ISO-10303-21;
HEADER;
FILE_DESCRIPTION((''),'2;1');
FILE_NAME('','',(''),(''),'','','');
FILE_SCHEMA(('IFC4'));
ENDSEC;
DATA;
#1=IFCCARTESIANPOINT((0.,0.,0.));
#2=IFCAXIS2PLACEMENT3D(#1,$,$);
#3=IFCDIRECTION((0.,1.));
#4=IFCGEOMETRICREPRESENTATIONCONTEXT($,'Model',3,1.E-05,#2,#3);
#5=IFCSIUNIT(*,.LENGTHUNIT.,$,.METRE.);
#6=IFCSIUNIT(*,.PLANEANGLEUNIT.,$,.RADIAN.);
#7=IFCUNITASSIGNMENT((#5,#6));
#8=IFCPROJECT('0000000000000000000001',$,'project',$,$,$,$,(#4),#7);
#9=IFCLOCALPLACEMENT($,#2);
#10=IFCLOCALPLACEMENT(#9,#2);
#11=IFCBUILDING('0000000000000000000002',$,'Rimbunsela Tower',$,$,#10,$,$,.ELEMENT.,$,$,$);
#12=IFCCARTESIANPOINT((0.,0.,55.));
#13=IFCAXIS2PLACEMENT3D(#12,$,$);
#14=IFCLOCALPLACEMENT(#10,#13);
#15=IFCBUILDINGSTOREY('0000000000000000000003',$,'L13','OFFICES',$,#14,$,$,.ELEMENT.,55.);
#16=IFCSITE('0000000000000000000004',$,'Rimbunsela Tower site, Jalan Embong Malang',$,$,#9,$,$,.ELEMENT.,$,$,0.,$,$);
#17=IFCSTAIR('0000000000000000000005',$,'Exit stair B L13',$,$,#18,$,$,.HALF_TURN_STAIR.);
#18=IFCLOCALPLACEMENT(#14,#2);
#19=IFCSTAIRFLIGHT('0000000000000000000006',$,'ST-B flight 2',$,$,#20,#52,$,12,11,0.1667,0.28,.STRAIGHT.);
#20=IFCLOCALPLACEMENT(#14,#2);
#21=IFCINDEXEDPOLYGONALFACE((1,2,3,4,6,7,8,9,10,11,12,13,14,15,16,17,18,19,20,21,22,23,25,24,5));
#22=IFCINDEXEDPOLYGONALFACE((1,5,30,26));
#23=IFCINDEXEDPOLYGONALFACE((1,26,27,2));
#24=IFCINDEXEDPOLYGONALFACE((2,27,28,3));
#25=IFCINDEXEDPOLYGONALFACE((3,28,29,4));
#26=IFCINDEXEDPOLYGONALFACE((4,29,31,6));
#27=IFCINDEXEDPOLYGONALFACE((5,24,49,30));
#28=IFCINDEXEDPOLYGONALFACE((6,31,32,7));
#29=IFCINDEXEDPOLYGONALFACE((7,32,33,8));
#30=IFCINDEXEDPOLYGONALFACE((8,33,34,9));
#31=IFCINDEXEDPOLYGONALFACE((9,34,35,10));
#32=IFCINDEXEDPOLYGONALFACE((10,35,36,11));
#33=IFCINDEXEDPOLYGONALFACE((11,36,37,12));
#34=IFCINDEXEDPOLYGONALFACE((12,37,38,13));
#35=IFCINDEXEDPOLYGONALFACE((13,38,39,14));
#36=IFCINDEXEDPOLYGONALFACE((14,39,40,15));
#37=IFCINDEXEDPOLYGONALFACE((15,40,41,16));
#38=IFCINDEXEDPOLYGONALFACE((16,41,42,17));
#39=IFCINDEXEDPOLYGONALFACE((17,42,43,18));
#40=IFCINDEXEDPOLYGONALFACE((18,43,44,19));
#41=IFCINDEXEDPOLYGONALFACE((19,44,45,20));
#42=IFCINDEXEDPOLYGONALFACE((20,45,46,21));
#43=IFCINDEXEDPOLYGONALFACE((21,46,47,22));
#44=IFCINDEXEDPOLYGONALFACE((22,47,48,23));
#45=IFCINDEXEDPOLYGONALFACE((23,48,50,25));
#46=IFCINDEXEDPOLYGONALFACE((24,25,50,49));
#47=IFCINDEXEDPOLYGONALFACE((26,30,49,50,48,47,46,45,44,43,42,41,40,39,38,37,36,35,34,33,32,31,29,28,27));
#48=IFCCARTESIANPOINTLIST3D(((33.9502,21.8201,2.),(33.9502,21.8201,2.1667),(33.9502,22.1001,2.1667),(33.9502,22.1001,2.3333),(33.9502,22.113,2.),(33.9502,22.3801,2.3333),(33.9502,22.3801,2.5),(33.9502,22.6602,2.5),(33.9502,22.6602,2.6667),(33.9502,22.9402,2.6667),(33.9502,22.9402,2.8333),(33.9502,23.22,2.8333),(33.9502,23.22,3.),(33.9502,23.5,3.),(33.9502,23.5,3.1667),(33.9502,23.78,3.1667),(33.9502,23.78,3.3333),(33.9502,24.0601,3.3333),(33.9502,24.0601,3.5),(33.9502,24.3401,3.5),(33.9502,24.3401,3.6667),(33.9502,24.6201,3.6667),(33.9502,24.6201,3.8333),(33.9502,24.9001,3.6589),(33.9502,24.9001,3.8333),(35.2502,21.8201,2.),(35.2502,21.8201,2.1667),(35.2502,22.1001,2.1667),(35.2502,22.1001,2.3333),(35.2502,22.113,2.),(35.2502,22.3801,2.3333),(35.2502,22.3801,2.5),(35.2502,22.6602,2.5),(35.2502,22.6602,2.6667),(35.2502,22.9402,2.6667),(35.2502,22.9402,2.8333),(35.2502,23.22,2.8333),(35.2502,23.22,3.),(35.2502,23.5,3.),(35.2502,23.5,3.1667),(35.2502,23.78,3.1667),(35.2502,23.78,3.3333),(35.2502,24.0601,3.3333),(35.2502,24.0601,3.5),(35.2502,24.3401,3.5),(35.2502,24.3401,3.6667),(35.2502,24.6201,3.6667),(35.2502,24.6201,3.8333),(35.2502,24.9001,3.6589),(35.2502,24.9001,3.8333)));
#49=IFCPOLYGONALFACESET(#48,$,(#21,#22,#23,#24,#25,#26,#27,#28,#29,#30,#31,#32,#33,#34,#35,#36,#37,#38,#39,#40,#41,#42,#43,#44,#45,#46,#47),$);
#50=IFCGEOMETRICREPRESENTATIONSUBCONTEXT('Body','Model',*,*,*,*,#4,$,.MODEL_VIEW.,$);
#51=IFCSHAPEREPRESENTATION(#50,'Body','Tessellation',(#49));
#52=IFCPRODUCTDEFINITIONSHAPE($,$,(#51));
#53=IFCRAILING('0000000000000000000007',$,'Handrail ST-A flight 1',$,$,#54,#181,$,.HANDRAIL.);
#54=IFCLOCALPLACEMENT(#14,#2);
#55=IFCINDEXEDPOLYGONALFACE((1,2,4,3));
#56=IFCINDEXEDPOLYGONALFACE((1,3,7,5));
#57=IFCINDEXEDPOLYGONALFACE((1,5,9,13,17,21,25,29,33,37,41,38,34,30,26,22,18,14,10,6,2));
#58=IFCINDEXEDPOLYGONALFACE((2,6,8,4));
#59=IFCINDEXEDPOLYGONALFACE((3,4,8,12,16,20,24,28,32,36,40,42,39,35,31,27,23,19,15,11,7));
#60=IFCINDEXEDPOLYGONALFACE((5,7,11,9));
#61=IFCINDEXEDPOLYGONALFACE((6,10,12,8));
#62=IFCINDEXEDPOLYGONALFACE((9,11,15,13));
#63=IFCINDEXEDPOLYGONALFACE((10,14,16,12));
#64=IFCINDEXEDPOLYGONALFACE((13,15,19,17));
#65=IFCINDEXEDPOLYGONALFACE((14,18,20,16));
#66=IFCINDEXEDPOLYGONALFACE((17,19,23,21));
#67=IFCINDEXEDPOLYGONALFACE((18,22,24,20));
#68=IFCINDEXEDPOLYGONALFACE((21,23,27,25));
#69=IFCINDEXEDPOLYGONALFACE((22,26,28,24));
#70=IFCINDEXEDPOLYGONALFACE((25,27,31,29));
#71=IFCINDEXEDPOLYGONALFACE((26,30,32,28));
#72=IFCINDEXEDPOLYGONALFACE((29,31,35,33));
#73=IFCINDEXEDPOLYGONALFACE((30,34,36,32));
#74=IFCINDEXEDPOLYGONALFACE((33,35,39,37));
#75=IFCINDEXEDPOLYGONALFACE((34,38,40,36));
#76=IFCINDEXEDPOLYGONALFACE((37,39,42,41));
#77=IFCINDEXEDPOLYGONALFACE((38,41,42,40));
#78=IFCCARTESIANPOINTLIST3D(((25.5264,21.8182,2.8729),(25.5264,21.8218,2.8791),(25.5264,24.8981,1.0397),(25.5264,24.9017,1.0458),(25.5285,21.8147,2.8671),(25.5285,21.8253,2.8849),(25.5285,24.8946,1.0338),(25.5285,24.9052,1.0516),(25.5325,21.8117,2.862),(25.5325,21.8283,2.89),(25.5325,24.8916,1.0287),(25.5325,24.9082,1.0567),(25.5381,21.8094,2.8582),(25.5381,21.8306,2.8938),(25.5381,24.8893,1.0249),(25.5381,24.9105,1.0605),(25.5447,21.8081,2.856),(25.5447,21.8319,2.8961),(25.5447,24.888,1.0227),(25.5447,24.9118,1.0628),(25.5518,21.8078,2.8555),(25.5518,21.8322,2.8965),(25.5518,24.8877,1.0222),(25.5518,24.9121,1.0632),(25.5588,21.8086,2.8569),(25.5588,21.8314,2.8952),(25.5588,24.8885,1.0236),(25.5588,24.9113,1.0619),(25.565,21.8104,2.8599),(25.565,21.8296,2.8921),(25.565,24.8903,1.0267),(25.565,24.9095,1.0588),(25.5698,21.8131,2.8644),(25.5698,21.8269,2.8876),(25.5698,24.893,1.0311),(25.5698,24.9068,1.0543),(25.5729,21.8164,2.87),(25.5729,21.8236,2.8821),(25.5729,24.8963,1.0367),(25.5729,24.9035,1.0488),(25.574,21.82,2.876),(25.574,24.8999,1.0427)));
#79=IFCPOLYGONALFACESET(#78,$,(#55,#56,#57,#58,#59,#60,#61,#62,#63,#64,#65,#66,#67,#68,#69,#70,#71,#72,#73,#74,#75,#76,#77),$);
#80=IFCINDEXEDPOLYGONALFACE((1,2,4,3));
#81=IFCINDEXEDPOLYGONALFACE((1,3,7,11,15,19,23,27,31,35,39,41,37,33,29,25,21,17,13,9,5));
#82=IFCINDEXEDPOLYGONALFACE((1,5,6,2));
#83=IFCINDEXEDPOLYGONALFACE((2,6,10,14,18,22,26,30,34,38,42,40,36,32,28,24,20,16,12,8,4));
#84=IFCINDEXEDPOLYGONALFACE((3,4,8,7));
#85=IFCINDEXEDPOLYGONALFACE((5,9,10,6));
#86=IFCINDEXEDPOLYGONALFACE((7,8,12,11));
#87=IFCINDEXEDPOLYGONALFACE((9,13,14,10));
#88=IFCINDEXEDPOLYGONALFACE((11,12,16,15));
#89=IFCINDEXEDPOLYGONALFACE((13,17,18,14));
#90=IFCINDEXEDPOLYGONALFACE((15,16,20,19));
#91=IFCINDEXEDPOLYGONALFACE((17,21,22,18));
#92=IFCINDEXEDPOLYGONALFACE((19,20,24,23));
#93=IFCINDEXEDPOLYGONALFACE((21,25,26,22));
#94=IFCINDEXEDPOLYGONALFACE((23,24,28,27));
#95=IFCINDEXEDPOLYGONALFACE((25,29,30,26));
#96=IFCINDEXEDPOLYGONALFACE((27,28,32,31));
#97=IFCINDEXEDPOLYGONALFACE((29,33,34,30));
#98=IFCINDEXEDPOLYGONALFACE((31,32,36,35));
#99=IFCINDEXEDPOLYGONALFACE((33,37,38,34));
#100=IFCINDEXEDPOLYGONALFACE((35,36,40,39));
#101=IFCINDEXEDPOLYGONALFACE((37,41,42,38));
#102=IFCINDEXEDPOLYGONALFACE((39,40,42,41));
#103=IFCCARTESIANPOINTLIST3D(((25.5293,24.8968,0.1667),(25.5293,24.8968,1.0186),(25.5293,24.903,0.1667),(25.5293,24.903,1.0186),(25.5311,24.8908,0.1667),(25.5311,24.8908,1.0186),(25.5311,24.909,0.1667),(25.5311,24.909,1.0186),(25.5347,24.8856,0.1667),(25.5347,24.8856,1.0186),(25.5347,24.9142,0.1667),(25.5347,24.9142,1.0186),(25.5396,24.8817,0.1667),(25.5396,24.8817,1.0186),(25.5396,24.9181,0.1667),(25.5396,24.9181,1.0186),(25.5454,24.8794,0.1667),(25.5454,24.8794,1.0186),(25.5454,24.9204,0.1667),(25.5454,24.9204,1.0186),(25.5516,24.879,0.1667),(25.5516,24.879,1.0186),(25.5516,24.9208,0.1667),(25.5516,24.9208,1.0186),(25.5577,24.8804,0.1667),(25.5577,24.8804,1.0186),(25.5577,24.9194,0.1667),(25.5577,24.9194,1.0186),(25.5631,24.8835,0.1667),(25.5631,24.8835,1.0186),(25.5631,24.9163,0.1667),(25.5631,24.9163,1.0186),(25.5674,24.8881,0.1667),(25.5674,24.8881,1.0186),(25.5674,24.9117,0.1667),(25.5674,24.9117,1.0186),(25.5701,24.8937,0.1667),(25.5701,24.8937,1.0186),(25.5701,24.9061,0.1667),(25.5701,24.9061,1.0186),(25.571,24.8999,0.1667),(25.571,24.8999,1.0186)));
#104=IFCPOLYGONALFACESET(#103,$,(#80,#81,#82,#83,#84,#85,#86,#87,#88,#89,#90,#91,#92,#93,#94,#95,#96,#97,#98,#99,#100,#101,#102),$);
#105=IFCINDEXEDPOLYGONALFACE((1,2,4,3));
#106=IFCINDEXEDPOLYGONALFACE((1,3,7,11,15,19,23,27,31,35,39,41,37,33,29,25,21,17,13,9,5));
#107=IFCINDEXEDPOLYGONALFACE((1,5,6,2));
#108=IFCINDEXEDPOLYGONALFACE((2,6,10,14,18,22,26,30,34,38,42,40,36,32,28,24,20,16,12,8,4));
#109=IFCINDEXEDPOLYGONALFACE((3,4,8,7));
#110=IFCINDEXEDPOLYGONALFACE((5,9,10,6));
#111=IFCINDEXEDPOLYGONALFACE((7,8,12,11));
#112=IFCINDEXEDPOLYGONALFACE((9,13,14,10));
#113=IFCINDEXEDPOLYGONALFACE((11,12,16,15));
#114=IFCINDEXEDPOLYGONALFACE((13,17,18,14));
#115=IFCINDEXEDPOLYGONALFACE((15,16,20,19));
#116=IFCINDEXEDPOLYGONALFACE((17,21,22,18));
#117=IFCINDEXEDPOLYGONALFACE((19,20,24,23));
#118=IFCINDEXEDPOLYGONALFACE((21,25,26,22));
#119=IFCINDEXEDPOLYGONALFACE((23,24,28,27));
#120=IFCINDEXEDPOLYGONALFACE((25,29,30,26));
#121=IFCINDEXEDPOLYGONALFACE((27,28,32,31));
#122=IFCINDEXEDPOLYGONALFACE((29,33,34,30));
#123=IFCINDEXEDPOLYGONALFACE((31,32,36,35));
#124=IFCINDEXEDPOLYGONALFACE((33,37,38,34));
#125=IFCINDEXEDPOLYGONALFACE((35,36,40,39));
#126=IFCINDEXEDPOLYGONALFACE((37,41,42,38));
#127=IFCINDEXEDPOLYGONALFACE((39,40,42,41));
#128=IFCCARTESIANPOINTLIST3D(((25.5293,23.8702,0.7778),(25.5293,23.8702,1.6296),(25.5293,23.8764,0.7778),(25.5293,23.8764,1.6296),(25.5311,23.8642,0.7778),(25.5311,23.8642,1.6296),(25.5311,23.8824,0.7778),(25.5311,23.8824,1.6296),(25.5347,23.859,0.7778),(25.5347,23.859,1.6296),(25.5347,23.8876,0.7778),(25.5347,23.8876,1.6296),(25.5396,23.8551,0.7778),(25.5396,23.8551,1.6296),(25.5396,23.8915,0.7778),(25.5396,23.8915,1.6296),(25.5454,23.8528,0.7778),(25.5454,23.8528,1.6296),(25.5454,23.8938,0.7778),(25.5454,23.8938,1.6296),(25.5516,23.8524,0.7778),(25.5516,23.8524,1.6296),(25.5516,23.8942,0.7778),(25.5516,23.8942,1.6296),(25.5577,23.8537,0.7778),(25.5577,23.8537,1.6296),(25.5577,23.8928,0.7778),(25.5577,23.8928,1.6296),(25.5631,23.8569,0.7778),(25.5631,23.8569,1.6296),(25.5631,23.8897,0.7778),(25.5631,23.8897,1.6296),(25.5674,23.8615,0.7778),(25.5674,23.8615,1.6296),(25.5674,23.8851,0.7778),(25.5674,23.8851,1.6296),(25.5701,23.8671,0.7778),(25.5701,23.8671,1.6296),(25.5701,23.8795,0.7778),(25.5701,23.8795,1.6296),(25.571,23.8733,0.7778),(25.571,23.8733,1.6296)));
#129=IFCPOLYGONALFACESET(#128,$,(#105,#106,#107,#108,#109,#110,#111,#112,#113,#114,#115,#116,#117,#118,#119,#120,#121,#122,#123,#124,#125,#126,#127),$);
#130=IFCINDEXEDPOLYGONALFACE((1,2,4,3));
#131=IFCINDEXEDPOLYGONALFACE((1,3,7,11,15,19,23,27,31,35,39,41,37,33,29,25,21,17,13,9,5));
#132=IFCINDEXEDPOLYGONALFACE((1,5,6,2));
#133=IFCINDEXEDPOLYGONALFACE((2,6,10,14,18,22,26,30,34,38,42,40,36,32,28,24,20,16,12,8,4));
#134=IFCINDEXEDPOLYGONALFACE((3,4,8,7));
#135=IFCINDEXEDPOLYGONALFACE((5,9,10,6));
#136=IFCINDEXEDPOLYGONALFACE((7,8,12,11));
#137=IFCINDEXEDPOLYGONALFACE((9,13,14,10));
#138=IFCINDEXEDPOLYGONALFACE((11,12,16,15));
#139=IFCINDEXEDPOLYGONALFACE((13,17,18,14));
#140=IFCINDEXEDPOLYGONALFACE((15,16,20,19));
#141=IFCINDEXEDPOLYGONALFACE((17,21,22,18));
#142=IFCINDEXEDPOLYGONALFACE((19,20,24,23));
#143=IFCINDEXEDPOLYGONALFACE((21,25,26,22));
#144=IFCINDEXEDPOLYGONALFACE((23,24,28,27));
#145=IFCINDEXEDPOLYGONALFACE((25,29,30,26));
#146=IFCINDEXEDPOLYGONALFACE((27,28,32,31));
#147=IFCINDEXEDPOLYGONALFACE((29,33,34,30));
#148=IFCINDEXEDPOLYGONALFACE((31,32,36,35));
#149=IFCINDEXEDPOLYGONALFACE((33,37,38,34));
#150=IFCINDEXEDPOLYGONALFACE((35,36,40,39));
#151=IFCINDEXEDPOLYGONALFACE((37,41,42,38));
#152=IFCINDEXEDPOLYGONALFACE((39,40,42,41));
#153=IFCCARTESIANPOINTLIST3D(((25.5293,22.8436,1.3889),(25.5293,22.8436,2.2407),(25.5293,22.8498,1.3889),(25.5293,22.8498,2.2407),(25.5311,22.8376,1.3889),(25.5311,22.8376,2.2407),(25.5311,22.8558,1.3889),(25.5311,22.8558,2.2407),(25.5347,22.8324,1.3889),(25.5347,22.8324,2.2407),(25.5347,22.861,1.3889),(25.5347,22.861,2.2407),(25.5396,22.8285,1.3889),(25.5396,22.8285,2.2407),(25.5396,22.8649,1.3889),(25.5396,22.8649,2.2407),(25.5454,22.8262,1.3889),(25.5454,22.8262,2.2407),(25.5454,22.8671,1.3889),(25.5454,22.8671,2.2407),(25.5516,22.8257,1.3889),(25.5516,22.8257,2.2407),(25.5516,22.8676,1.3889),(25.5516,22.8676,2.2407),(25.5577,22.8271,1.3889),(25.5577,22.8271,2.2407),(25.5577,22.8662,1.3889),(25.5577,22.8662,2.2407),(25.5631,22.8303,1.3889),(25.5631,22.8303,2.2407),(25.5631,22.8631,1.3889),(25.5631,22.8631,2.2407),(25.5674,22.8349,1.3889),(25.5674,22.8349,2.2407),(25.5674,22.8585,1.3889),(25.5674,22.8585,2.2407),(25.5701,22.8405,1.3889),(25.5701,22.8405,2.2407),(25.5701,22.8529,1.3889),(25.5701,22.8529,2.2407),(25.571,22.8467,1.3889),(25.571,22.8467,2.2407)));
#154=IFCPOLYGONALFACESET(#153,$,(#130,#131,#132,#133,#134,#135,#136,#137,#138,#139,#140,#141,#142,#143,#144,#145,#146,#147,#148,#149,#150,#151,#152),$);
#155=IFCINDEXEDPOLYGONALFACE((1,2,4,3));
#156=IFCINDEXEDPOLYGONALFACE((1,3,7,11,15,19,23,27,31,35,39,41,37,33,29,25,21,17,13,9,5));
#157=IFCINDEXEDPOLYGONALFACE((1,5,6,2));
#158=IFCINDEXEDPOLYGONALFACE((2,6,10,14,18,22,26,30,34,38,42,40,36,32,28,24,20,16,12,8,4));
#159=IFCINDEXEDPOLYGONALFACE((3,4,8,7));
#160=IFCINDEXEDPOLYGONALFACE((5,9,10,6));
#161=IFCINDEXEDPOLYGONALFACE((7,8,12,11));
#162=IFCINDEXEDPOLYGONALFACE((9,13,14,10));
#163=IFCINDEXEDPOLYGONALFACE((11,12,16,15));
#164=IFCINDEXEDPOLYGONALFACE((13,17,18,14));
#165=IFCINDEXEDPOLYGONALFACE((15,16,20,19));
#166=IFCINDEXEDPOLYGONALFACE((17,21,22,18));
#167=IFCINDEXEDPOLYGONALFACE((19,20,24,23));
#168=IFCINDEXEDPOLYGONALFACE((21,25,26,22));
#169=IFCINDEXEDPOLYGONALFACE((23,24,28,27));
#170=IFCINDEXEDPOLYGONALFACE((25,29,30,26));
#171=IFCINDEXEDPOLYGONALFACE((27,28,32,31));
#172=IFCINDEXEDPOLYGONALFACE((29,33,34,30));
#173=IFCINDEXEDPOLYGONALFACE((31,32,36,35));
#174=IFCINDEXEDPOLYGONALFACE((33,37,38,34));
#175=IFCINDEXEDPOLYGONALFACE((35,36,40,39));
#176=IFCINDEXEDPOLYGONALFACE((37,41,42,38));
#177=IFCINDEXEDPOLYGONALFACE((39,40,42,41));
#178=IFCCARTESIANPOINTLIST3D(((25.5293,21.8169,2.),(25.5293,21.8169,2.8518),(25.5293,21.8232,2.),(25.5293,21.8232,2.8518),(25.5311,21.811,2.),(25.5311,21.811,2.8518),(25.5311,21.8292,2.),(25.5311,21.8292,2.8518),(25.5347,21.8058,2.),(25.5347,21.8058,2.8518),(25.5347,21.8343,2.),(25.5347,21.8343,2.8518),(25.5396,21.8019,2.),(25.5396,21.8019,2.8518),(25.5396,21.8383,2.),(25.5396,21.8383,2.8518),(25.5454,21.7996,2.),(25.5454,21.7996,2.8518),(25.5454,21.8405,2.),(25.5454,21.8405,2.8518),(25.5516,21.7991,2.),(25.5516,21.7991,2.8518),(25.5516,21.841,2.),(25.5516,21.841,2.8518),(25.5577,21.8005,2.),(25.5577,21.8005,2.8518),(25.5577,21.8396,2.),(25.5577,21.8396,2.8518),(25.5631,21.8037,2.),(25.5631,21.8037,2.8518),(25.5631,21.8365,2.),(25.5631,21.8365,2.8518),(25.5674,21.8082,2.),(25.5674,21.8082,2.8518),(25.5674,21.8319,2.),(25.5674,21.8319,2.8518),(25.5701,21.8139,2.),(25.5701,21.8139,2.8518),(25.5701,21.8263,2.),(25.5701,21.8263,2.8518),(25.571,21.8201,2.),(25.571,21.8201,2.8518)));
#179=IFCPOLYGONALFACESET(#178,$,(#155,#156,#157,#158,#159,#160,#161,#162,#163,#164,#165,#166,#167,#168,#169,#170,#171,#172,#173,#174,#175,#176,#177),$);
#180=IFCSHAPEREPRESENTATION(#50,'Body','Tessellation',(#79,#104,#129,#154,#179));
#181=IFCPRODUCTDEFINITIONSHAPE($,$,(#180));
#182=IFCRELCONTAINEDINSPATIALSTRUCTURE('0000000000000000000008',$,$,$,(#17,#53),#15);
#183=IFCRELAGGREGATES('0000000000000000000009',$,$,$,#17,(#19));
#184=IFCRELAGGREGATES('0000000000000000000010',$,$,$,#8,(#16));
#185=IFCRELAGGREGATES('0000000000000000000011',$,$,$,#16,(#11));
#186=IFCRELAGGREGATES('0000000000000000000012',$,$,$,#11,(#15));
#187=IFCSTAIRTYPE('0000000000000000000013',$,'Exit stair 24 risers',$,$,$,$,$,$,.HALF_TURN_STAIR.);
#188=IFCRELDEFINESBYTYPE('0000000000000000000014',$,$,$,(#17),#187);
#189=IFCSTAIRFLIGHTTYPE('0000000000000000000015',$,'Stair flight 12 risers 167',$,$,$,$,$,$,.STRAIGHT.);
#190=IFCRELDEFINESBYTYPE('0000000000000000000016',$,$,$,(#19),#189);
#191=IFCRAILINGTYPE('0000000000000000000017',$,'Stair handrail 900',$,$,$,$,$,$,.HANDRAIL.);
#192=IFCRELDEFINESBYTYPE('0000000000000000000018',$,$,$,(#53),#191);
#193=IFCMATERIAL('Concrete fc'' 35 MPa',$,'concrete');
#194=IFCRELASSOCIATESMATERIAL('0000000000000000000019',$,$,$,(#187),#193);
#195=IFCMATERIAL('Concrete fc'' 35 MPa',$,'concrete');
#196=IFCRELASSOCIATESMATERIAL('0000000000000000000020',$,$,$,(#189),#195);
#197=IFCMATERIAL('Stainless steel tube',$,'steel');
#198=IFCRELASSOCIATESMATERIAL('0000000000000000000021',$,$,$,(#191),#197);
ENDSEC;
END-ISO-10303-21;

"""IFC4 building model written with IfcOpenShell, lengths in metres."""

from ifc_helpers import new_model, si_unit, direction, frame, origin, origin_2d, place, context, subcontext, project, spatial, polyline, circle, outline, extrude, material, type_object, element, aggregate, save


model = new_model("IFC4")

# Units and contexts
model_context = context("Model", 3, precision=1e-05, world=origin(), true_north=direction((0.0, 1.0)))
body_context = subcontext(model_context, "Body", "Model", "MODEL_VIEW")
ifc_project = project(units=[si_unit("LENGTHUNIT", "METRE"), si_unit("PLANEANGLEUNIT", "RADIAN")], contexts=[model_context])

# Site, building, storey
site_placement = place(None, origin())
site = spatial("IfcSite", under=ifc_project, at=site_placement, Name="Rimbunsela Tower site, Jalan Embong Malang", CompositionType="ELEMENT", RefElevation=0.0)
building_placement = place(site_placement, origin())
building = spatial("IfcBuilding", under=site, at=building_placement, Name="Rimbunsela Tower", CompositionType="ELEMENT")
storey_placement = place(building_placement, frame((0.0, 0.0, 55.0)))
storey = spatial("IfcBuildingStorey", under=building, at=storey_placement, Name="L13", Description="OFFICES", CompositionType="ELEMENT", Elevation=55.0)

# Stair, stair flight
ifc_material_1 = material(Name="Concrete fc' 35 MPa", Category="concrete")
stair_type = type_object("IfcStairType", Name="Exit stair 24 risers", PredefinedType="HALF_TURN_STAIR", material=ifc_material_1)
ifc_material_2 = material(Name="Concrete fc' 35 MPa", Category="concrete")
stair_flight_type = type_object("IfcStairFlightType", Name="Stair flight 12 risers 167", PredefinedType="STRAIGHT", material=ifc_material_2)
stair_1_placement = place(storey_placement, origin())
stair_1 = element("IfcStair", 1, at=stair_1_placement, inside=storey, type_object=stair_type, Name="Exit stair B L13", PredefinedType="HALF_TURN_STAIR")
stair_flight_1_placement = place(storey_placement, frame((34.6001, 21.8201, 2.0), z_axis=(0.0, 0.0, 1.0), x_axis=(0.0, 1.0, 0.0)))
stair_flight_1 = element("IfcStairFlight", 2, at=stair_flight_1_placement, type_object=stair_flight_type, Name="ST-B flight 2", NumberOfRisers=12, NumberOfTreads=11, PredefinedType="STRAIGHT", RiserHeight=0.1667, TreadLength=0.28, context=body_context, shape_type="SweptSolid", body=[
    extrude(outline(polyline([(0.0, 0.0), (0.0, 0.1667), (0.28, 0.1667), (0.28, 0.3333), (0.5601, 0.3333), (0.5601, 0.5), (0.8401, 0.5), (0.8401, 0.6667), (1.1201, 0.6667), (1.1201, 0.8333), (1.3999, 0.8333), (1.3999, 1.0), (1.6799, 1.0), (1.6799, 1.1667), (1.96, 1.1667), (1.96, 1.3333), (2.24, 1.3333), (2.24, 1.5), (2.52, 1.5), (2.52, 1.6667), (2.8, 1.6667), (2.8, 1.8333), (3.0801, 1.8333), (3.0801, 2.0), (3.0801, 1.6589), (0.293, 0.0), (0.0, 0.0)])), frame((0.0, 0.6499, 0.0), z_axis=(0.0, -1.0, 0.0), x_axis=(1.0, 0.0, 0.0)), (0.0, 0.0, 1.0), 1.3),
])
aggregate(stair_1, [stair_flight_1])

# Railing
ifc_material_3 = material(Name="Stainless steel tube", Category="steel")
railing_type = type_object("IfcRailingType", Name="Stair handrail 900", PredefinedType="HANDRAIL", material=ifc_material_3)
railing_placement = place(storey_placement, frame((25.55, 24.8999, 0.1667)))
element("IfcRailing", 3, at=railing_placement, inside=storey, type_object=railing_type, Name="Handrail ST-A flight 1", PredefinedType="HANDRAIL", context=body_context, shape_type="SweptSolid", body=[
    extrude(circle(Radius=0.0239, at=origin_2d()), frame((0.0, 0.0, 0.876), z_axis=(0.0, -0.859291, 0.511487), x_axis=(1.0, 0.0, 0.0)), (0.0, 0.0, 1.0), 3.5842),
    extrude(circle(Radius=0.021, at=origin_2d()), origin(), (0.0, 0.0, 1.0), 0.8518),
    extrude(circle(Radius=0.021, at=origin_2d()), frame((0.0, -1.0266, 0.6111)), (0.0, 0.0, 1.0), 0.8518),
    extrude(circle(Radius=0.021, at=origin_2d()), frame((0.0, -2.0532, 1.2222)), (0.0, 0.0, 1.0), 0.8518),
    extrude(circle(Radius=0.021, at=origin_2d()), frame((0.0, -3.0798, 1.8333)), (0.0, 0.0, 1.0), 0.8518),
])

save(model, "model.ifc")
